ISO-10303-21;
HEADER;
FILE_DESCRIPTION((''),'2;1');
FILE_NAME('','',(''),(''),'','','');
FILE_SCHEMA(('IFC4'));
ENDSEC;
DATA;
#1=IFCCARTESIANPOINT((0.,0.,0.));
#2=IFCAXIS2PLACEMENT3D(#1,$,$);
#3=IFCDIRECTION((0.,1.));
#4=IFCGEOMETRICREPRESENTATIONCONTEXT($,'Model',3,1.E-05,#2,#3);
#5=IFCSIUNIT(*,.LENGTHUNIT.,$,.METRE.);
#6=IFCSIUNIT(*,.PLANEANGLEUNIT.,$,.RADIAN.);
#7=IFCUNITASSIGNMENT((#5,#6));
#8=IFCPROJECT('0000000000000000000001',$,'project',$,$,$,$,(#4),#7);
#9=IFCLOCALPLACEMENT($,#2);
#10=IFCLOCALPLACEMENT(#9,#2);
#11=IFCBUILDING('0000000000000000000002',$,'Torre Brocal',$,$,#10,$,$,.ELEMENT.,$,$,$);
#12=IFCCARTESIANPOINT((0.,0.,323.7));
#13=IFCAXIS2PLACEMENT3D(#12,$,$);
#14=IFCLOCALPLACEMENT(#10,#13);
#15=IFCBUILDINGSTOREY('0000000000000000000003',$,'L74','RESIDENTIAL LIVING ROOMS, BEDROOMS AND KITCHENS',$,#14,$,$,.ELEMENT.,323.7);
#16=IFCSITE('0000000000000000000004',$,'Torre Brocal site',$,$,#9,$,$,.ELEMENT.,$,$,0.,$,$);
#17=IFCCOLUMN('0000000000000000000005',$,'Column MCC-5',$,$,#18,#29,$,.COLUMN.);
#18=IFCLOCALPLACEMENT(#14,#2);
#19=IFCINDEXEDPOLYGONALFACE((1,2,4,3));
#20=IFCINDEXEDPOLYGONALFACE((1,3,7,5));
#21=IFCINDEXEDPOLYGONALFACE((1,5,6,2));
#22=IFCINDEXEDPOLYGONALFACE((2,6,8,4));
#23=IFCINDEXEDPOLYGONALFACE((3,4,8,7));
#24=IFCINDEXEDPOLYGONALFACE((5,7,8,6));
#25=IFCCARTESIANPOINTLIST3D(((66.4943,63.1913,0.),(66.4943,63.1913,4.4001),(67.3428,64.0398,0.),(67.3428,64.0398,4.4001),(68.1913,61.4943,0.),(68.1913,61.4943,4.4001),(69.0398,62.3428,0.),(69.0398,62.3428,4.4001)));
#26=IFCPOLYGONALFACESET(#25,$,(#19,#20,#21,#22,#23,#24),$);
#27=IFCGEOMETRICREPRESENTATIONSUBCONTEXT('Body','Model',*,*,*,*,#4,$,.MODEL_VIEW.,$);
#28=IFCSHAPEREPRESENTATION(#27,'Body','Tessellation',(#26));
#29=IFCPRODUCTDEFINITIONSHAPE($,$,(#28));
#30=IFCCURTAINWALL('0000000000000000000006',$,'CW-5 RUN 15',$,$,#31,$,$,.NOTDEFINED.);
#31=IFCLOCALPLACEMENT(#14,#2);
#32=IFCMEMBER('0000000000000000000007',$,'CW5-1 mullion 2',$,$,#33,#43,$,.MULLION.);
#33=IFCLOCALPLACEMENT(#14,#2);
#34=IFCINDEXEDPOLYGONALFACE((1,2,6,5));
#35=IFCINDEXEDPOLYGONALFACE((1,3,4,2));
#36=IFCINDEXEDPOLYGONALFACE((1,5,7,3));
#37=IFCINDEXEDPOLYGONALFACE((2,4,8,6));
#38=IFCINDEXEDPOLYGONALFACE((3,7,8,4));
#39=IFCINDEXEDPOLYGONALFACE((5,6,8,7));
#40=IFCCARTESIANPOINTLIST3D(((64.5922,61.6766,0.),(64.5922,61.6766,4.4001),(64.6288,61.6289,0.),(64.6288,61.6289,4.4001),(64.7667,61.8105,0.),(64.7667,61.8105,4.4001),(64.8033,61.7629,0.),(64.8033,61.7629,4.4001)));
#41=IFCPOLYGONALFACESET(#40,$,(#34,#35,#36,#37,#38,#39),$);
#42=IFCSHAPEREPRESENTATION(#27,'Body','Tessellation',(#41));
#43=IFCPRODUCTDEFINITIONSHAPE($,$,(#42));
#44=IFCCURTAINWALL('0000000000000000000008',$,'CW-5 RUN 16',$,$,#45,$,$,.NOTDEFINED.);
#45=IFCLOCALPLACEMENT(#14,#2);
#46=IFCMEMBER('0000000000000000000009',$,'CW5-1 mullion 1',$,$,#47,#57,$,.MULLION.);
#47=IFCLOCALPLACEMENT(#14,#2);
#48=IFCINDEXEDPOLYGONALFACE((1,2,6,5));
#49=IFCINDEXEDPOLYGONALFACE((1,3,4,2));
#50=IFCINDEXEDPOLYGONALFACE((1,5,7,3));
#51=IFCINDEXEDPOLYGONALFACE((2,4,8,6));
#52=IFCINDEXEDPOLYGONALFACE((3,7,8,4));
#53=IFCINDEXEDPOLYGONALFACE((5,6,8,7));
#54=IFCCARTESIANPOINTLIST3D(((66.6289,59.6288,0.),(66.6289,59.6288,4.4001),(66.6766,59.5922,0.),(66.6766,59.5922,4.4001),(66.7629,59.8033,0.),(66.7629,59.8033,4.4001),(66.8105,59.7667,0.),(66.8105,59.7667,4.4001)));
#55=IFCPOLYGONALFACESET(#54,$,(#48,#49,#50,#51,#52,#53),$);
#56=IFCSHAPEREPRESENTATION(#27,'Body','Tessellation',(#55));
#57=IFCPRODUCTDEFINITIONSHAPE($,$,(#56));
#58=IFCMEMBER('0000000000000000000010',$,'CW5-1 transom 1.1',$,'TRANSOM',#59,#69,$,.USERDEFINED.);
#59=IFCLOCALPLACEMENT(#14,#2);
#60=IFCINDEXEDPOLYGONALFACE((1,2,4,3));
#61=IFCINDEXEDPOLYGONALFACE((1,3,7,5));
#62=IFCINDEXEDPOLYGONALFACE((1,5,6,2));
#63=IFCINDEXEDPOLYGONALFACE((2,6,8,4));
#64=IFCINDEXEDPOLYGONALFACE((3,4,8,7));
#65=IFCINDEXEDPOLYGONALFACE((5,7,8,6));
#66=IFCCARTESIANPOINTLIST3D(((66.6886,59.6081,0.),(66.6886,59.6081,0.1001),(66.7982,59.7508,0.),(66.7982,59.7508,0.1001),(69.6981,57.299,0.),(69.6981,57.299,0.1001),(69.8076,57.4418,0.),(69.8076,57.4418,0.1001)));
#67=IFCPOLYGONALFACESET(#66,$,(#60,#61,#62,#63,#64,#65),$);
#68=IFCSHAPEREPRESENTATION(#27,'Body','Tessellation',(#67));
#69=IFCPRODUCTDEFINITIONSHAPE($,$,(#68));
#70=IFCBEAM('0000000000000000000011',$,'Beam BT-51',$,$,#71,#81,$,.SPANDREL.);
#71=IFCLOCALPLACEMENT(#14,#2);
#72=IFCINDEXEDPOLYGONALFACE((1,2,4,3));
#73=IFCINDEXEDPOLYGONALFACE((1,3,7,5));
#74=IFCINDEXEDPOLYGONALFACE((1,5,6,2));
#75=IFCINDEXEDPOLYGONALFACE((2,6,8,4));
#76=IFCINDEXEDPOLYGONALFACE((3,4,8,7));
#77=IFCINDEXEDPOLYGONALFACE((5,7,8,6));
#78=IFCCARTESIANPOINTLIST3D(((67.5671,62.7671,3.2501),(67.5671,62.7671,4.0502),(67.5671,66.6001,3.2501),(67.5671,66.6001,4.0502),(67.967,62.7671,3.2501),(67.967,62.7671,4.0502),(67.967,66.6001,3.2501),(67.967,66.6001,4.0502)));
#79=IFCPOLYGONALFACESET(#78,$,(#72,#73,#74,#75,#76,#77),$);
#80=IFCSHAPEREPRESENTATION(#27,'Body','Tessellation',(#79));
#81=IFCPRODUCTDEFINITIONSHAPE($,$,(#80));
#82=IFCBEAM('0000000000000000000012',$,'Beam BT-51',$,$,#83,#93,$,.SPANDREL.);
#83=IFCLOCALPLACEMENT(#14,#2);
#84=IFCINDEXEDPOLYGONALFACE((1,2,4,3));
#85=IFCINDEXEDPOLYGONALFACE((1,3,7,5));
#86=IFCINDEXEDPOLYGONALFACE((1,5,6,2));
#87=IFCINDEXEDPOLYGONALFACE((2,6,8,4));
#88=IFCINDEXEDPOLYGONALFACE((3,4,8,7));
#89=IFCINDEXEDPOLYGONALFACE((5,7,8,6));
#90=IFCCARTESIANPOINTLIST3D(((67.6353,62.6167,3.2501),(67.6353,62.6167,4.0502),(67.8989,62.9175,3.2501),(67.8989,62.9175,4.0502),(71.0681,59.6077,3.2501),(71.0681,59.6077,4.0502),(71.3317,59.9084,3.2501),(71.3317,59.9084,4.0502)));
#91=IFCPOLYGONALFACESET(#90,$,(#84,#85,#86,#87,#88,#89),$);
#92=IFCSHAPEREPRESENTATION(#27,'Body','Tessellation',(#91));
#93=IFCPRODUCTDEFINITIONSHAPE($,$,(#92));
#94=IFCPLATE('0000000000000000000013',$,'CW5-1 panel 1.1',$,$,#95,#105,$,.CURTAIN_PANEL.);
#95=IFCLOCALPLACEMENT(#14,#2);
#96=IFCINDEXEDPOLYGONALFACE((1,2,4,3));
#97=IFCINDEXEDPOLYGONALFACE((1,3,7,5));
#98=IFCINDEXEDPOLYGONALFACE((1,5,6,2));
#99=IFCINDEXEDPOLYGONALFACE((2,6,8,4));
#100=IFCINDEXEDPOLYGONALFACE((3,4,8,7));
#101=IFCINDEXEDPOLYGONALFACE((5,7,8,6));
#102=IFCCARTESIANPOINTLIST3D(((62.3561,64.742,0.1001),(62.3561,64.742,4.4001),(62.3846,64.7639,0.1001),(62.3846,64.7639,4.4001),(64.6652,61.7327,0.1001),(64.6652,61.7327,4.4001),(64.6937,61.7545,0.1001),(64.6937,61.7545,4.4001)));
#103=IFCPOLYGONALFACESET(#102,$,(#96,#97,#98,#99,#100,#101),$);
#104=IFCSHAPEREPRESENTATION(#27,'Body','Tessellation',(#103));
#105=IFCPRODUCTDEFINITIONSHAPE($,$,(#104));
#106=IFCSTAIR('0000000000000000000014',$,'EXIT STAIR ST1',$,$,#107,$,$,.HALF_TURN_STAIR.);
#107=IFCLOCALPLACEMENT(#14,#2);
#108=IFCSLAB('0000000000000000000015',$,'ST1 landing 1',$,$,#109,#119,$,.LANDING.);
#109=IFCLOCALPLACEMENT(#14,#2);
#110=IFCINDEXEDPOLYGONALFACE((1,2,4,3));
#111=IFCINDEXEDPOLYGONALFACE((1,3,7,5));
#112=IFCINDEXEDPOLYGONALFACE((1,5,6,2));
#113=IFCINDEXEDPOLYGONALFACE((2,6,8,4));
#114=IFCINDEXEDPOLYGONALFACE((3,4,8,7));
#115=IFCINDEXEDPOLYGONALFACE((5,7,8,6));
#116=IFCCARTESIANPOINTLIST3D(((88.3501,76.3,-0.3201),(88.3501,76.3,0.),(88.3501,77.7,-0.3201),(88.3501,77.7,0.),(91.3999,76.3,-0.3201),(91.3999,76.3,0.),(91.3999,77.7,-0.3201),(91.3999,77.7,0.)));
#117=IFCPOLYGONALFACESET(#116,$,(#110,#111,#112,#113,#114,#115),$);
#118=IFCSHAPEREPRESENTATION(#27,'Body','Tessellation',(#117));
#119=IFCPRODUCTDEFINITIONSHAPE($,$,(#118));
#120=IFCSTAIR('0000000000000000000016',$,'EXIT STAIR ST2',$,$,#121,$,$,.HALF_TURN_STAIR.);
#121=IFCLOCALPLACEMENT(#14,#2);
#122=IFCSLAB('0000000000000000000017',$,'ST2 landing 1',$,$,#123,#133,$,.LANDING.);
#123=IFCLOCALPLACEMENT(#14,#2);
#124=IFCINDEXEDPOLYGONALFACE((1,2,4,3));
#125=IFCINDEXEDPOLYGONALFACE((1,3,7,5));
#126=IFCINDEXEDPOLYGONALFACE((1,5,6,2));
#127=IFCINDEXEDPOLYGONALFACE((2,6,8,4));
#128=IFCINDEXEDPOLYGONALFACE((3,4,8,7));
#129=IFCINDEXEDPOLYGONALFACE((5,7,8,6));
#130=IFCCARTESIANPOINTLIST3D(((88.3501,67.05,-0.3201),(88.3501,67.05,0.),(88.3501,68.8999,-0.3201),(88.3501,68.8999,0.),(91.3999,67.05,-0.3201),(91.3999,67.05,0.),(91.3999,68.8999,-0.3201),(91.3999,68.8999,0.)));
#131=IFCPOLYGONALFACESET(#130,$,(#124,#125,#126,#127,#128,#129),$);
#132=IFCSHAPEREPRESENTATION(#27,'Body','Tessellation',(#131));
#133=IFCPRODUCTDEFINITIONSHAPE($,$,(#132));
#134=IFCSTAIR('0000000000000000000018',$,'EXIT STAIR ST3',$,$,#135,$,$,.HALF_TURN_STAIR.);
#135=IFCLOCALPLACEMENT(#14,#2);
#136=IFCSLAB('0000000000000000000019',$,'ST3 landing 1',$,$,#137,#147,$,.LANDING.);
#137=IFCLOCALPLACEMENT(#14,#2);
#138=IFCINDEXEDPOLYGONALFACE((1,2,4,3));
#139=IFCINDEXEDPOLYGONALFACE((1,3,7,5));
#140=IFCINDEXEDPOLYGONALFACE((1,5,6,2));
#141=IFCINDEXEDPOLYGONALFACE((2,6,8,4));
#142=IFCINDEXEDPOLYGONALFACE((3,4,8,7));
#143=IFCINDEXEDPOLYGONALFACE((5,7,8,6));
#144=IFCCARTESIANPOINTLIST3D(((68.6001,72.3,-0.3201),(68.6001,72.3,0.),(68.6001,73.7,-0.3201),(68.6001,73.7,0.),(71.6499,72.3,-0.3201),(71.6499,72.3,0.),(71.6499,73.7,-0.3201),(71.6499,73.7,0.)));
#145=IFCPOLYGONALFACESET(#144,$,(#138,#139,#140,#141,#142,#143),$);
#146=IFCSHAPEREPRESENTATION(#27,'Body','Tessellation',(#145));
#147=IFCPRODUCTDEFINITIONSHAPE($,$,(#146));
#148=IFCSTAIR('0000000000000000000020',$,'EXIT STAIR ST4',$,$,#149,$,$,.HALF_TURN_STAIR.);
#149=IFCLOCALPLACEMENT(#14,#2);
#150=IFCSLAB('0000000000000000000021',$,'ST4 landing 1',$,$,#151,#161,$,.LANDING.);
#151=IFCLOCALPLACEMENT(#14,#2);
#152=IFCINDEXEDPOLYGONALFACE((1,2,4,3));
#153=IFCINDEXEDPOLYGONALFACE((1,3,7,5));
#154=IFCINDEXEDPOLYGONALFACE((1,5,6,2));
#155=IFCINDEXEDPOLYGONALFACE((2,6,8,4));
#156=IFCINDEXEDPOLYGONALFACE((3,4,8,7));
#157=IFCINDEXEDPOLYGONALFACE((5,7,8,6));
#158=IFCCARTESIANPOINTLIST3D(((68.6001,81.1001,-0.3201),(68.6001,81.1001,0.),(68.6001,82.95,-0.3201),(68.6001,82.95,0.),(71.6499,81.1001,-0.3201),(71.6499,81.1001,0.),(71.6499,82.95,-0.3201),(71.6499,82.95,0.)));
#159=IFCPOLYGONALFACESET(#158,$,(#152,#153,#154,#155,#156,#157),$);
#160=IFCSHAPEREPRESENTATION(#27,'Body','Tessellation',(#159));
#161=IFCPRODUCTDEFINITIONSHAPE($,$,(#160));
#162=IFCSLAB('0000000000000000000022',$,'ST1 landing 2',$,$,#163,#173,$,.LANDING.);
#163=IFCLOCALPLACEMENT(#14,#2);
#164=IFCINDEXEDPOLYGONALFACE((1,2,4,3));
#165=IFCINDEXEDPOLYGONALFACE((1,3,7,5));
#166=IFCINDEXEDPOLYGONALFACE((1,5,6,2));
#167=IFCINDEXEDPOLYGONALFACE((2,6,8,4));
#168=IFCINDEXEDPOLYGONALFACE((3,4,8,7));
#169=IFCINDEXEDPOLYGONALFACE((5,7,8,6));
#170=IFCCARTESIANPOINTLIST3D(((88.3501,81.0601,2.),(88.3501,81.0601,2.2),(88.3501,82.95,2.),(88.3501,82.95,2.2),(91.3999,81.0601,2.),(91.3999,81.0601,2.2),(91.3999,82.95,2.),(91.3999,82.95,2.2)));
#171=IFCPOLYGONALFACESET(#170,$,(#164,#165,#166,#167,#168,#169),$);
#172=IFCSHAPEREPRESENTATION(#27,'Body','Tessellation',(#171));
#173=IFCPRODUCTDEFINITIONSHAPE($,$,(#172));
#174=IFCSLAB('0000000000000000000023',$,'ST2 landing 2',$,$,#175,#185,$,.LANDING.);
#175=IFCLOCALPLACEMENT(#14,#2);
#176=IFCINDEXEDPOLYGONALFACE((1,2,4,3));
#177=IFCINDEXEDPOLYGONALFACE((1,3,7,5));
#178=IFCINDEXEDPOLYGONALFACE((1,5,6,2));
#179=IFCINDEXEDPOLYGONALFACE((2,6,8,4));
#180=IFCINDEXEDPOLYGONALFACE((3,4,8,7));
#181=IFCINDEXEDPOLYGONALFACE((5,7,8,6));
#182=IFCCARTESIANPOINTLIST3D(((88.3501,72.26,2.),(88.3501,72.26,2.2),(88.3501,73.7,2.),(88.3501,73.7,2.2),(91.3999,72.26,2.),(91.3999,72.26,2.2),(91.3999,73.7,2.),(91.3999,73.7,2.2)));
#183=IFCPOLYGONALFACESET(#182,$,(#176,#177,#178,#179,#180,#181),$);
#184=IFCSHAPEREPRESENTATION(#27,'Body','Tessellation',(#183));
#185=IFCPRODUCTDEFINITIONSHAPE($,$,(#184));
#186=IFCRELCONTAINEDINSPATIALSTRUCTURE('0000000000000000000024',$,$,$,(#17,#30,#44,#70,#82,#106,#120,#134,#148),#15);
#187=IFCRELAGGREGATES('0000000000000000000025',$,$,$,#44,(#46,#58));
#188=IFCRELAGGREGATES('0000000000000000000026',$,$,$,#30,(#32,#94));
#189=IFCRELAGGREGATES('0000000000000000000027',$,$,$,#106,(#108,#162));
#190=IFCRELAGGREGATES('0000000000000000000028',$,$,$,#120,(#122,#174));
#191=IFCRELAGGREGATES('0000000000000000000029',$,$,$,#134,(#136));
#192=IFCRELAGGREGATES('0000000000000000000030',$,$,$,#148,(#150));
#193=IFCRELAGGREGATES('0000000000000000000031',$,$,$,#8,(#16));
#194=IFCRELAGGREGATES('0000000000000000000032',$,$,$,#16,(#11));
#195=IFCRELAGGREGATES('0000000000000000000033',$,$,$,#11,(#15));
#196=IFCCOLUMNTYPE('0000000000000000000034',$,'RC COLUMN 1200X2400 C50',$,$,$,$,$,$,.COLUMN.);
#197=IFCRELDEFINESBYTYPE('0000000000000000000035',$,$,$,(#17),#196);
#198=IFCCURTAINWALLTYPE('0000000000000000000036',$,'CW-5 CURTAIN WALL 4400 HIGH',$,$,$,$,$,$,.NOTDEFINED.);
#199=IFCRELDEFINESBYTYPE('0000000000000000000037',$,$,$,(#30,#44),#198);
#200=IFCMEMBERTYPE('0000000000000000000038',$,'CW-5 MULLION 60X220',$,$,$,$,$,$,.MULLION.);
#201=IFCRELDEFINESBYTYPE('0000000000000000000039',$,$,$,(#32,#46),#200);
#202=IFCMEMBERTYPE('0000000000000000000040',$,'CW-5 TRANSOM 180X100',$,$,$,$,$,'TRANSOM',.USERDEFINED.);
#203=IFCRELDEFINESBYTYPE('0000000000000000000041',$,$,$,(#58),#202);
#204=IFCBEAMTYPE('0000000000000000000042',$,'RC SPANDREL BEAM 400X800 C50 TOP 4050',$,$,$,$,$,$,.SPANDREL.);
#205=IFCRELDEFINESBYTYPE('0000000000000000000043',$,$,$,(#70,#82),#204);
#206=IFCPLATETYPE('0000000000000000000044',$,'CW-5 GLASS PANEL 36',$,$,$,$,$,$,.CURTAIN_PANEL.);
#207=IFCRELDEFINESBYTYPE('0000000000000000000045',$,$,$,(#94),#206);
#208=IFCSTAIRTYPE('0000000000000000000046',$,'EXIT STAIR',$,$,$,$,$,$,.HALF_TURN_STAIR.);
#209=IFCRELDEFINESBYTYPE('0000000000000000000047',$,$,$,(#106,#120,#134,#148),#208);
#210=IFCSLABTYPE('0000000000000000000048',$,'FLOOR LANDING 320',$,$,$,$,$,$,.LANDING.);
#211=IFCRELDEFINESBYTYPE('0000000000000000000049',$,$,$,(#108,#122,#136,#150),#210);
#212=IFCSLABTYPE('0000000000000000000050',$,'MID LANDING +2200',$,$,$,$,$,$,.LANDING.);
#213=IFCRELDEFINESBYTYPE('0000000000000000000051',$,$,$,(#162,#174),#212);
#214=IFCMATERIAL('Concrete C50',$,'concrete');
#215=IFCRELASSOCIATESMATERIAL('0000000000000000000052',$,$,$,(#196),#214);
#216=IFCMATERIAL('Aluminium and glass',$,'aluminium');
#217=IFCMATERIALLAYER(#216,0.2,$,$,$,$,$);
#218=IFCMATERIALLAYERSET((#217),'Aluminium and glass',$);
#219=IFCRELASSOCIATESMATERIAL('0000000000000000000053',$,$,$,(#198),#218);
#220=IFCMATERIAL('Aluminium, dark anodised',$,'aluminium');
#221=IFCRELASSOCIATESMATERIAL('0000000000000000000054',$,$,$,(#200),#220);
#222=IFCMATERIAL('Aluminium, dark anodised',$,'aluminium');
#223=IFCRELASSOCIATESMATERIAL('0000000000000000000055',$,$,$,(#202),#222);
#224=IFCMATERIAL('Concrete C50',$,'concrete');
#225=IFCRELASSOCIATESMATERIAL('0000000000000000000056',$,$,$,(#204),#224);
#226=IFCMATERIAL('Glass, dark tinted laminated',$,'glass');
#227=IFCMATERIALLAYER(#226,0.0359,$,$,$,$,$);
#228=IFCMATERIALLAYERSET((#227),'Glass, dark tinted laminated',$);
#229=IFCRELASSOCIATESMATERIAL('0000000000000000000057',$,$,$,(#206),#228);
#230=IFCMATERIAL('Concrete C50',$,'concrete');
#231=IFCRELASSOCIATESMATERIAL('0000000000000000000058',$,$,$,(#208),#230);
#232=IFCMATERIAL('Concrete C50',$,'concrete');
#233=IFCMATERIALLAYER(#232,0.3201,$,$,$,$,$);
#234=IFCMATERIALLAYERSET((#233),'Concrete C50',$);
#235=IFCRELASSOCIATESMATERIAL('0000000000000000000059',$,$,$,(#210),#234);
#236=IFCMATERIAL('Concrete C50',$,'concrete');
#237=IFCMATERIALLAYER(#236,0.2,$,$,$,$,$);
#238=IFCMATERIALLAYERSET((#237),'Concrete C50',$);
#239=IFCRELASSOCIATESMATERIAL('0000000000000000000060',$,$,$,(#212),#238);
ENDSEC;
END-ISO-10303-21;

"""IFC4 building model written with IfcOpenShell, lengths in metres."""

from ifc_helpers import new_model, si_unit, direction, frame, origin, origin_2d, place, context, subcontext, project, spatial, polyline, rectangle, outline, extrude, material, layer, layer_set, material_profile, profile_set, type_object, element, aggregate, save


model = new_model("IFC4")

# Units and contexts
model_context = context("Model", 3, precision=1e-05, world=origin(), true_north=direction((0.0, 1.0)))
body_context = subcontext(model_context, "Body", "Model", "MODEL_VIEW")
ifc_project = project(units=[si_unit("LENGTHUNIT", "METRE"), si_unit("PLANEANGLEUNIT", "RADIAN")], contexts=[model_context])

# Site, building, storey
site_placement = place(None, origin())
site = spatial("IfcSite", under=ifc_project, at=site_placement, Name="Torre Brocal site", CompositionType="ELEMENT", RefElevation=0.0)
building_placement = place(site_placement, origin())
building = spatial("IfcBuilding", under=site, at=building_placement, Name="Torre Brocal", CompositionType="ELEMENT")
storey_placement = place(building_placement, frame((0.0, 0.0, 323.7)))
storey = spatial("IfcBuildingStorey", under=building, at=storey_placement, Name="L74", Description="RESIDENTIAL LIVING ROOMS, BEDROOMS AND KITCHENS", CompositionType="ELEMENT", Elevation=323.7)

# Column
ifc_material_1 = material(Name="Concrete C50", Category="concrete")
ifc_material_profile_1 = material_profile(ifc_material_1, rectangle(XDim=1.2, YDim=2.3999, at=origin_2d()), Name="RC 1200X2400")
ifc_profile_set_1 = profile_set([ifc_material_profile_1], Name="Concrete C50")
column_type = type_object("IfcColumnType", Name="RC COLUMN 1200X2400 C50", PredefinedType="COLUMN", material=ifc_profile_set_1)
column_placement = place(storey_placement, frame((67.7671, 62.7671, 0.0), z_axis=(0.0, 0.0, 1.0), x_axis=(-0.707107, -0.707107, 0.0)))
element("IfcColumn", 1, at=column_placement, inside=storey, type_object=column_type, Name="Column MCC-5", PredefinedType="COLUMN", context=body_context, shape_type="SweptSolid", body=[
    extrude(rectangle(XDim=1.2, YDim=2.3999, at=origin_2d()), origin(), (0.0, 0.0, 1.0), 4.4001),
])

# Curtain wall, member
ifc_material_2 = material(Name="Aluminium and glass", Category="aluminium")
ifc_layer_1 = layer(ifc_material_2, 0.2)
ifc_layer_set_1 = layer_set([ifc_layer_1], Name="Aluminium and glass")
curtain_wall_type = type_object("IfcCurtainWallType", Name="CW-5 CURTAIN WALL 4400 HIGH", PredefinedType="NOTDEFINED", material=ifc_layer_set_1)
curtain_wall_1_placement = place(storey_placement, origin())
curtain_wall_1 = element("IfcCurtainWall", 2, at=curtain_wall_1_placement, inside=storey, type_object=curtain_wall_type, Name="CW-5 RUN 15", PredefinedType="NOTDEFINED")
ifc_material_3 = material(Name="Aluminium, dark anodised", Category="aluminium")
ifc_material_profile_2 = material_profile(ifc_material_3, rectangle(XDim=0.22, YDim=0.0601, at=origin_2d()), Name="CW-5 MULLION 60X220")
ifc_profile_set_2 = profile_set([ifc_material_profile_2], Name="Aluminium, dark anodised")
member_type_1 = type_object("IfcMemberType", Name="CW-5 MULLION 60X220", PredefinedType="MULLION", material=ifc_profile_set_2)
member_1_placement = place(storey_placement, frame((64.6978, 61.7197, 0.0), z_axis=(0.0, 0.0, 1.0), x_axis=(0.793353, 0.608761, 0.0)))
member_1 = element("IfcMember", 3, at=member_1_placement, type_object=member_type_1, Name="CW5-1 mullion 2", PredefinedType="MULLION", context=body_context, shape_type="SweptSolid", body=[
    extrude(rectangle(XDim=0.22, YDim=0.0601, at=origin_2d()), origin(), (0.0, 0.0, 1.0), 4.4001),
])

# Curtain wall, members
curtain_wall_2_placement = place(storey_placement, origin())
curtain_wall_2 = element("IfcCurtainWall", 4, at=curtain_wall_2_placement, inside=storey, type_object=curtain_wall_type, Name="CW-5 RUN 16", PredefinedType="NOTDEFINED")
member_2_placement = place(storey_placement, frame((66.7197, 59.6978, 0.0), z_axis=(0.0, 0.0, 1.0), x_axis=(0.608761, 0.793353, 0.0)))
member_2 = element("IfcMember", 5, at=member_2_placement, type_object=member_type_1, Name="CW5-1 mullion 1", PredefinedType="MULLION", context=body_context, shape_type="SweptSolid", body=[
    extrude(rectangle(XDim=0.22, YDim=0.0601, at=origin_2d()), origin(), (0.0, 0.0, 1.0), 4.4001),
])
ifc_material_4 = material(Name="Aluminium, dark anodised", Category="aluminium")
ifc_material_profile_3 = material_profile(ifc_material_4, rectangle(XDim=0.1799, YDim=0.1001, at=origin_2d()), Name="CW-5 TRANSOM 180X100")
ifc_profile_set_3 = profile_set([ifc_material_profile_3], Name="Aluminium, dark anodised")
member_type_2 = type_object("IfcMemberType", Name="CW-5 TRANSOM 180X100", ElementType="TRANSOM", PredefinedType="USERDEFINED", material=ifc_profile_set_3)
member_3_placement = place(storey_placement, frame((66.7434, 59.6794, 0.05), z_axis=(0.793379, -0.608727, 0.0), x_axis=(0.608727, 0.793379, 0.0)))
member_3 = element("IfcMember", 6, at=member_3_placement, type_object=member_type_2, Name="CW5-1 transom 1.1", ObjectType="TRANSOM", PredefinedType="USERDEFINED", context=body_context, shape_type="SweptSolid", body=[
    extrude(rectangle(XDim=0.1799, YDim=0.1001, at=origin_2d()), origin(), (0.0, 0.0, 1.0), 3.7932),
])
aggregate(curtain_wall_2, [member_2, member_3])

# Beams
ifc_material_5 = material(Name="Concrete C50", Category="concrete")
ifc_material_profile_4 = material_profile(ifc_material_5, rectangle(XDim=0.3999, YDim=0.8, at=origin_2d()), Name="RC 400X800")
ifc_profile_set_4 = profile_set([ifc_material_profile_4], Name="Concrete C50")
beam_type = type_object("IfcBeamType", Name="RC SPANDREL BEAM 400X800 C50 TOP 4050", PredefinedType="SPANDREL", material=ifc_profile_set_4)
beam_1_placement = place(storey_placement, frame((67.7671, 62.7671, 3.6501), z_axis=(0.0, 1.0, 0.0), x_axis=(-1.0, 0.0, 0.0)))
element("IfcBeam", 7, at=beam_1_placement, inside=storey, type_object=beam_type, Name="Beam BT-51", PredefinedType="SPANDREL", context=body_context, shape_type="SweptSolid", body=[
    extrude(rectangle(XDim=0.3999, YDim=0.8, at=origin_2d()), origin(), (0.0, 0.0, 1.0), 3.833),
])
beam_2_placement = place(storey_placement, frame((67.7671, 62.7671, 3.6501), z_axis=(0.752003, -0.659159, 0.0), x_axis=(0.659159, 0.752003, 0.0)))
element("IfcBeam", 8, at=beam_2_placement, inside=storey, type_object=beam_type, Name="Beam BT-51", PredefinedType="SPANDREL", context=body_context, shape_type="SweptSolid", body=[
    extrude(rectangle(XDim=0.3999, YDim=0.8, at=origin_2d()), origin(), (0.0, 0.0, 1.0), 4.5649),
])

# Plate
ifc_material_6 = material(Name="Glass, dark tinted laminated", Category="glass")
ifc_layer_2 = layer(ifc_material_6, 0.0359)
ifc_layer_set_2 = layer_set([ifc_layer_2], Name="Glass, dark tinted laminated")
plate_type = type_object("IfcPlateType", Name="CW-5 GLASS PANEL 36", PredefinedType="CURTAIN_PANEL", material=ifc_layer_set_2)
plate_placement = place(storey_placement, frame((63.5249, 63.2483, 0.1001), z_axis=(0.0, 0.0, 1.0), x_axis=(0.608761, -0.793353, 0.0)))
plate = element("IfcPlate", 9, at=plate_placement, type_object=plate_type, Name="CW5-1 panel 1.1", PredefinedType="CURTAIN_PANEL", context=body_context, shape_type="SweptSolid", body=[
    extrude(rectangle(XDim=3.7932, YDim=0.0359, at=origin_2d()), origin(), (0.0, 0.0, 1.0), 4.3),
])
aggregate(curtain_wall_1, [member_1, plate])

# Stairs, slabs
ifc_material_7 = material(Name="Concrete C50", Category="concrete")
stair_type = type_object("IfcStairType", Name="EXIT STAIR", PredefinedType="HALF_TURN_STAIR", material=ifc_material_7)
stair_1_placement = place(storey_placement, origin())
stair_1 = element("IfcStair", 10, at=stair_1_placement, inside=storey, type_object=stair_type, Name="EXIT STAIR ST1", PredefinedType="HALF_TURN_STAIR")
ifc_material_8 = material(Name="Concrete C50", Category="concrete")
ifc_layer_3 = layer(ifc_material_8, 0.3201)
ifc_layer_set_3 = layer_set([ifc_layer_3], Name="Concrete C50")
slab_type_1 = type_object("IfcSlabType", Name="FLOOR LANDING 320", PredefinedType="LANDING", material=ifc_layer_set_3)
slab_1_placement = place(storey_placement, frame((0.0, 0.0, -0.3201)))
slab_1 = element("IfcSlab", 11, at=slab_1_placement, type_object=slab_type_1, Name="ST1 landing 1", PredefinedType="LANDING", context=body_context, shape_type="SweptSolid", body=[
    extrude(outline(polyline([(88.3501, 76.3), (91.3999, 76.3), (91.3999, 77.7), (88.3501, 77.7), (88.3501, 76.3)])), origin(), (0.0, 0.0, 1.0), 0.3201),
])
stair_2_placement = place(storey_placement, origin())
stair_2 = element("IfcStair", 12, at=stair_2_placement, inside=storey, type_object=stair_type, Name="EXIT STAIR ST2", PredefinedType="HALF_TURN_STAIR")
slab_2_placement = place(storey_placement, frame((0.0, 0.0, -0.3201)))
slab_2 = element("IfcSlab", 13, at=slab_2_placement, type_object=slab_type_1, Name="ST2 landing 1", PredefinedType="LANDING", context=body_context, shape_type="SweptSolid", body=[
    extrude(outline(polyline([(88.3501, 67.05), (91.3999, 67.05), (91.3999, 68.8999), (88.3501, 68.8999), (88.3501, 67.05)])), origin(), (0.0, 0.0, 1.0), 0.3201),
])
stair_3_placement = place(storey_placement, origin())
stair_3 = element("IfcStair", 14, at=stair_3_placement, inside=storey, type_object=stair_type, Name="EXIT STAIR ST3", PredefinedType="HALF_TURN_STAIR")
slab_3_placement = place(storey_placement, frame((0.0, 0.0, -0.3201)))
slab_3 = element("IfcSlab", 15, at=slab_3_placement, type_object=slab_type_1, Name="ST3 landing 1", PredefinedType="LANDING", context=body_context, shape_type="SweptSolid", body=[
    extrude(outline(polyline([(71.6499, 73.7), (68.6001, 73.7), (68.6001, 72.3), (71.6499, 72.3), (71.6499, 73.7)])), origin(), (0.0, 0.0, 1.0), 0.3201),
])
stair_4_placement = place(storey_placement, origin())
stair_4 = element("IfcStair", 16, at=stair_4_placement, inside=storey, type_object=stair_type, Name="EXIT STAIR ST4", PredefinedType="HALF_TURN_STAIR")
slab_4_placement = place(storey_placement, frame((0.0, 0.0, -0.3201)))
slab_4 = element("IfcSlab", 17, at=slab_4_placement, type_object=slab_type_1, Name="ST4 landing 1", PredefinedType="LANDING", context=body_context, shape_type="SweptSolid", body=[
    extrude(outline(polyline([(71.6499, 82.95), (68.6001, 82.95), (68.6001, 81.1001), (71.6499, 81.1001), (71.6499, 82.95)])), origin(), (0.0, 0.0, 1.0), 0.3201),
])

# Slabs
ifc_material_9 = material(Name="Concrete C50", Category="concrete")
ifc_layer_4 = layer(ifc_material_9, 0.2)
ifc_layer_set_4 = layer_set([ifc_layer_4], Name="Concrete C50")
slab_type_2 = type_object("IfcSlabType", Name="MID LANDING +2200", PredefinedType="LANDING", material=ifc_layer_set_4)
slab_5_placement = place(storey_placement, frame((0.0, 0.0, 2.0)))
slab_5 = element("IfcSlab", 18, at=slab_5_placement, type_object=slab_type_2, Name="ST1 landing 2", PredefinedType="LANDING", context=body_context, shape_type="SweptSolid", body=[
    extrude(outline(polyline([(88.3501, 81.0601), (91.3999, 81.0601), (91.3999, 82.95), (88.3501, 82.95), (88.3501, 81.0601)])), origin(), (0.0, 0.0, 1.0), 0.2),
])
aggregate(stair_1, [slab_1, slab_5])
slab_6_placement = place(storey_placement, frame((0.0, 0.0, 2.0)))
slab_6 = element("IfcSlab", 19, at=slab_6_placement, type_object=slab_type_2, Name="ST2 landing 2", PredefinedType="LANDING", context=body_context, shape_type="SweptSolid", body=[
    extrude(outline(polyline([(88.3501, 72.26), (91.3999, 72.26), (91.3999, 73.7), (88.3501, 73.7), (88.3501, 72.26)])), origin(), (0.0, 0.0, 1.0), 0.2),
])
aggregate(stair_2, [slab_2, slab_6])
aggregate(stair_3, [slab_3])
aggregate(stair_4, [slab_4])

save(model, "model.ifc")
